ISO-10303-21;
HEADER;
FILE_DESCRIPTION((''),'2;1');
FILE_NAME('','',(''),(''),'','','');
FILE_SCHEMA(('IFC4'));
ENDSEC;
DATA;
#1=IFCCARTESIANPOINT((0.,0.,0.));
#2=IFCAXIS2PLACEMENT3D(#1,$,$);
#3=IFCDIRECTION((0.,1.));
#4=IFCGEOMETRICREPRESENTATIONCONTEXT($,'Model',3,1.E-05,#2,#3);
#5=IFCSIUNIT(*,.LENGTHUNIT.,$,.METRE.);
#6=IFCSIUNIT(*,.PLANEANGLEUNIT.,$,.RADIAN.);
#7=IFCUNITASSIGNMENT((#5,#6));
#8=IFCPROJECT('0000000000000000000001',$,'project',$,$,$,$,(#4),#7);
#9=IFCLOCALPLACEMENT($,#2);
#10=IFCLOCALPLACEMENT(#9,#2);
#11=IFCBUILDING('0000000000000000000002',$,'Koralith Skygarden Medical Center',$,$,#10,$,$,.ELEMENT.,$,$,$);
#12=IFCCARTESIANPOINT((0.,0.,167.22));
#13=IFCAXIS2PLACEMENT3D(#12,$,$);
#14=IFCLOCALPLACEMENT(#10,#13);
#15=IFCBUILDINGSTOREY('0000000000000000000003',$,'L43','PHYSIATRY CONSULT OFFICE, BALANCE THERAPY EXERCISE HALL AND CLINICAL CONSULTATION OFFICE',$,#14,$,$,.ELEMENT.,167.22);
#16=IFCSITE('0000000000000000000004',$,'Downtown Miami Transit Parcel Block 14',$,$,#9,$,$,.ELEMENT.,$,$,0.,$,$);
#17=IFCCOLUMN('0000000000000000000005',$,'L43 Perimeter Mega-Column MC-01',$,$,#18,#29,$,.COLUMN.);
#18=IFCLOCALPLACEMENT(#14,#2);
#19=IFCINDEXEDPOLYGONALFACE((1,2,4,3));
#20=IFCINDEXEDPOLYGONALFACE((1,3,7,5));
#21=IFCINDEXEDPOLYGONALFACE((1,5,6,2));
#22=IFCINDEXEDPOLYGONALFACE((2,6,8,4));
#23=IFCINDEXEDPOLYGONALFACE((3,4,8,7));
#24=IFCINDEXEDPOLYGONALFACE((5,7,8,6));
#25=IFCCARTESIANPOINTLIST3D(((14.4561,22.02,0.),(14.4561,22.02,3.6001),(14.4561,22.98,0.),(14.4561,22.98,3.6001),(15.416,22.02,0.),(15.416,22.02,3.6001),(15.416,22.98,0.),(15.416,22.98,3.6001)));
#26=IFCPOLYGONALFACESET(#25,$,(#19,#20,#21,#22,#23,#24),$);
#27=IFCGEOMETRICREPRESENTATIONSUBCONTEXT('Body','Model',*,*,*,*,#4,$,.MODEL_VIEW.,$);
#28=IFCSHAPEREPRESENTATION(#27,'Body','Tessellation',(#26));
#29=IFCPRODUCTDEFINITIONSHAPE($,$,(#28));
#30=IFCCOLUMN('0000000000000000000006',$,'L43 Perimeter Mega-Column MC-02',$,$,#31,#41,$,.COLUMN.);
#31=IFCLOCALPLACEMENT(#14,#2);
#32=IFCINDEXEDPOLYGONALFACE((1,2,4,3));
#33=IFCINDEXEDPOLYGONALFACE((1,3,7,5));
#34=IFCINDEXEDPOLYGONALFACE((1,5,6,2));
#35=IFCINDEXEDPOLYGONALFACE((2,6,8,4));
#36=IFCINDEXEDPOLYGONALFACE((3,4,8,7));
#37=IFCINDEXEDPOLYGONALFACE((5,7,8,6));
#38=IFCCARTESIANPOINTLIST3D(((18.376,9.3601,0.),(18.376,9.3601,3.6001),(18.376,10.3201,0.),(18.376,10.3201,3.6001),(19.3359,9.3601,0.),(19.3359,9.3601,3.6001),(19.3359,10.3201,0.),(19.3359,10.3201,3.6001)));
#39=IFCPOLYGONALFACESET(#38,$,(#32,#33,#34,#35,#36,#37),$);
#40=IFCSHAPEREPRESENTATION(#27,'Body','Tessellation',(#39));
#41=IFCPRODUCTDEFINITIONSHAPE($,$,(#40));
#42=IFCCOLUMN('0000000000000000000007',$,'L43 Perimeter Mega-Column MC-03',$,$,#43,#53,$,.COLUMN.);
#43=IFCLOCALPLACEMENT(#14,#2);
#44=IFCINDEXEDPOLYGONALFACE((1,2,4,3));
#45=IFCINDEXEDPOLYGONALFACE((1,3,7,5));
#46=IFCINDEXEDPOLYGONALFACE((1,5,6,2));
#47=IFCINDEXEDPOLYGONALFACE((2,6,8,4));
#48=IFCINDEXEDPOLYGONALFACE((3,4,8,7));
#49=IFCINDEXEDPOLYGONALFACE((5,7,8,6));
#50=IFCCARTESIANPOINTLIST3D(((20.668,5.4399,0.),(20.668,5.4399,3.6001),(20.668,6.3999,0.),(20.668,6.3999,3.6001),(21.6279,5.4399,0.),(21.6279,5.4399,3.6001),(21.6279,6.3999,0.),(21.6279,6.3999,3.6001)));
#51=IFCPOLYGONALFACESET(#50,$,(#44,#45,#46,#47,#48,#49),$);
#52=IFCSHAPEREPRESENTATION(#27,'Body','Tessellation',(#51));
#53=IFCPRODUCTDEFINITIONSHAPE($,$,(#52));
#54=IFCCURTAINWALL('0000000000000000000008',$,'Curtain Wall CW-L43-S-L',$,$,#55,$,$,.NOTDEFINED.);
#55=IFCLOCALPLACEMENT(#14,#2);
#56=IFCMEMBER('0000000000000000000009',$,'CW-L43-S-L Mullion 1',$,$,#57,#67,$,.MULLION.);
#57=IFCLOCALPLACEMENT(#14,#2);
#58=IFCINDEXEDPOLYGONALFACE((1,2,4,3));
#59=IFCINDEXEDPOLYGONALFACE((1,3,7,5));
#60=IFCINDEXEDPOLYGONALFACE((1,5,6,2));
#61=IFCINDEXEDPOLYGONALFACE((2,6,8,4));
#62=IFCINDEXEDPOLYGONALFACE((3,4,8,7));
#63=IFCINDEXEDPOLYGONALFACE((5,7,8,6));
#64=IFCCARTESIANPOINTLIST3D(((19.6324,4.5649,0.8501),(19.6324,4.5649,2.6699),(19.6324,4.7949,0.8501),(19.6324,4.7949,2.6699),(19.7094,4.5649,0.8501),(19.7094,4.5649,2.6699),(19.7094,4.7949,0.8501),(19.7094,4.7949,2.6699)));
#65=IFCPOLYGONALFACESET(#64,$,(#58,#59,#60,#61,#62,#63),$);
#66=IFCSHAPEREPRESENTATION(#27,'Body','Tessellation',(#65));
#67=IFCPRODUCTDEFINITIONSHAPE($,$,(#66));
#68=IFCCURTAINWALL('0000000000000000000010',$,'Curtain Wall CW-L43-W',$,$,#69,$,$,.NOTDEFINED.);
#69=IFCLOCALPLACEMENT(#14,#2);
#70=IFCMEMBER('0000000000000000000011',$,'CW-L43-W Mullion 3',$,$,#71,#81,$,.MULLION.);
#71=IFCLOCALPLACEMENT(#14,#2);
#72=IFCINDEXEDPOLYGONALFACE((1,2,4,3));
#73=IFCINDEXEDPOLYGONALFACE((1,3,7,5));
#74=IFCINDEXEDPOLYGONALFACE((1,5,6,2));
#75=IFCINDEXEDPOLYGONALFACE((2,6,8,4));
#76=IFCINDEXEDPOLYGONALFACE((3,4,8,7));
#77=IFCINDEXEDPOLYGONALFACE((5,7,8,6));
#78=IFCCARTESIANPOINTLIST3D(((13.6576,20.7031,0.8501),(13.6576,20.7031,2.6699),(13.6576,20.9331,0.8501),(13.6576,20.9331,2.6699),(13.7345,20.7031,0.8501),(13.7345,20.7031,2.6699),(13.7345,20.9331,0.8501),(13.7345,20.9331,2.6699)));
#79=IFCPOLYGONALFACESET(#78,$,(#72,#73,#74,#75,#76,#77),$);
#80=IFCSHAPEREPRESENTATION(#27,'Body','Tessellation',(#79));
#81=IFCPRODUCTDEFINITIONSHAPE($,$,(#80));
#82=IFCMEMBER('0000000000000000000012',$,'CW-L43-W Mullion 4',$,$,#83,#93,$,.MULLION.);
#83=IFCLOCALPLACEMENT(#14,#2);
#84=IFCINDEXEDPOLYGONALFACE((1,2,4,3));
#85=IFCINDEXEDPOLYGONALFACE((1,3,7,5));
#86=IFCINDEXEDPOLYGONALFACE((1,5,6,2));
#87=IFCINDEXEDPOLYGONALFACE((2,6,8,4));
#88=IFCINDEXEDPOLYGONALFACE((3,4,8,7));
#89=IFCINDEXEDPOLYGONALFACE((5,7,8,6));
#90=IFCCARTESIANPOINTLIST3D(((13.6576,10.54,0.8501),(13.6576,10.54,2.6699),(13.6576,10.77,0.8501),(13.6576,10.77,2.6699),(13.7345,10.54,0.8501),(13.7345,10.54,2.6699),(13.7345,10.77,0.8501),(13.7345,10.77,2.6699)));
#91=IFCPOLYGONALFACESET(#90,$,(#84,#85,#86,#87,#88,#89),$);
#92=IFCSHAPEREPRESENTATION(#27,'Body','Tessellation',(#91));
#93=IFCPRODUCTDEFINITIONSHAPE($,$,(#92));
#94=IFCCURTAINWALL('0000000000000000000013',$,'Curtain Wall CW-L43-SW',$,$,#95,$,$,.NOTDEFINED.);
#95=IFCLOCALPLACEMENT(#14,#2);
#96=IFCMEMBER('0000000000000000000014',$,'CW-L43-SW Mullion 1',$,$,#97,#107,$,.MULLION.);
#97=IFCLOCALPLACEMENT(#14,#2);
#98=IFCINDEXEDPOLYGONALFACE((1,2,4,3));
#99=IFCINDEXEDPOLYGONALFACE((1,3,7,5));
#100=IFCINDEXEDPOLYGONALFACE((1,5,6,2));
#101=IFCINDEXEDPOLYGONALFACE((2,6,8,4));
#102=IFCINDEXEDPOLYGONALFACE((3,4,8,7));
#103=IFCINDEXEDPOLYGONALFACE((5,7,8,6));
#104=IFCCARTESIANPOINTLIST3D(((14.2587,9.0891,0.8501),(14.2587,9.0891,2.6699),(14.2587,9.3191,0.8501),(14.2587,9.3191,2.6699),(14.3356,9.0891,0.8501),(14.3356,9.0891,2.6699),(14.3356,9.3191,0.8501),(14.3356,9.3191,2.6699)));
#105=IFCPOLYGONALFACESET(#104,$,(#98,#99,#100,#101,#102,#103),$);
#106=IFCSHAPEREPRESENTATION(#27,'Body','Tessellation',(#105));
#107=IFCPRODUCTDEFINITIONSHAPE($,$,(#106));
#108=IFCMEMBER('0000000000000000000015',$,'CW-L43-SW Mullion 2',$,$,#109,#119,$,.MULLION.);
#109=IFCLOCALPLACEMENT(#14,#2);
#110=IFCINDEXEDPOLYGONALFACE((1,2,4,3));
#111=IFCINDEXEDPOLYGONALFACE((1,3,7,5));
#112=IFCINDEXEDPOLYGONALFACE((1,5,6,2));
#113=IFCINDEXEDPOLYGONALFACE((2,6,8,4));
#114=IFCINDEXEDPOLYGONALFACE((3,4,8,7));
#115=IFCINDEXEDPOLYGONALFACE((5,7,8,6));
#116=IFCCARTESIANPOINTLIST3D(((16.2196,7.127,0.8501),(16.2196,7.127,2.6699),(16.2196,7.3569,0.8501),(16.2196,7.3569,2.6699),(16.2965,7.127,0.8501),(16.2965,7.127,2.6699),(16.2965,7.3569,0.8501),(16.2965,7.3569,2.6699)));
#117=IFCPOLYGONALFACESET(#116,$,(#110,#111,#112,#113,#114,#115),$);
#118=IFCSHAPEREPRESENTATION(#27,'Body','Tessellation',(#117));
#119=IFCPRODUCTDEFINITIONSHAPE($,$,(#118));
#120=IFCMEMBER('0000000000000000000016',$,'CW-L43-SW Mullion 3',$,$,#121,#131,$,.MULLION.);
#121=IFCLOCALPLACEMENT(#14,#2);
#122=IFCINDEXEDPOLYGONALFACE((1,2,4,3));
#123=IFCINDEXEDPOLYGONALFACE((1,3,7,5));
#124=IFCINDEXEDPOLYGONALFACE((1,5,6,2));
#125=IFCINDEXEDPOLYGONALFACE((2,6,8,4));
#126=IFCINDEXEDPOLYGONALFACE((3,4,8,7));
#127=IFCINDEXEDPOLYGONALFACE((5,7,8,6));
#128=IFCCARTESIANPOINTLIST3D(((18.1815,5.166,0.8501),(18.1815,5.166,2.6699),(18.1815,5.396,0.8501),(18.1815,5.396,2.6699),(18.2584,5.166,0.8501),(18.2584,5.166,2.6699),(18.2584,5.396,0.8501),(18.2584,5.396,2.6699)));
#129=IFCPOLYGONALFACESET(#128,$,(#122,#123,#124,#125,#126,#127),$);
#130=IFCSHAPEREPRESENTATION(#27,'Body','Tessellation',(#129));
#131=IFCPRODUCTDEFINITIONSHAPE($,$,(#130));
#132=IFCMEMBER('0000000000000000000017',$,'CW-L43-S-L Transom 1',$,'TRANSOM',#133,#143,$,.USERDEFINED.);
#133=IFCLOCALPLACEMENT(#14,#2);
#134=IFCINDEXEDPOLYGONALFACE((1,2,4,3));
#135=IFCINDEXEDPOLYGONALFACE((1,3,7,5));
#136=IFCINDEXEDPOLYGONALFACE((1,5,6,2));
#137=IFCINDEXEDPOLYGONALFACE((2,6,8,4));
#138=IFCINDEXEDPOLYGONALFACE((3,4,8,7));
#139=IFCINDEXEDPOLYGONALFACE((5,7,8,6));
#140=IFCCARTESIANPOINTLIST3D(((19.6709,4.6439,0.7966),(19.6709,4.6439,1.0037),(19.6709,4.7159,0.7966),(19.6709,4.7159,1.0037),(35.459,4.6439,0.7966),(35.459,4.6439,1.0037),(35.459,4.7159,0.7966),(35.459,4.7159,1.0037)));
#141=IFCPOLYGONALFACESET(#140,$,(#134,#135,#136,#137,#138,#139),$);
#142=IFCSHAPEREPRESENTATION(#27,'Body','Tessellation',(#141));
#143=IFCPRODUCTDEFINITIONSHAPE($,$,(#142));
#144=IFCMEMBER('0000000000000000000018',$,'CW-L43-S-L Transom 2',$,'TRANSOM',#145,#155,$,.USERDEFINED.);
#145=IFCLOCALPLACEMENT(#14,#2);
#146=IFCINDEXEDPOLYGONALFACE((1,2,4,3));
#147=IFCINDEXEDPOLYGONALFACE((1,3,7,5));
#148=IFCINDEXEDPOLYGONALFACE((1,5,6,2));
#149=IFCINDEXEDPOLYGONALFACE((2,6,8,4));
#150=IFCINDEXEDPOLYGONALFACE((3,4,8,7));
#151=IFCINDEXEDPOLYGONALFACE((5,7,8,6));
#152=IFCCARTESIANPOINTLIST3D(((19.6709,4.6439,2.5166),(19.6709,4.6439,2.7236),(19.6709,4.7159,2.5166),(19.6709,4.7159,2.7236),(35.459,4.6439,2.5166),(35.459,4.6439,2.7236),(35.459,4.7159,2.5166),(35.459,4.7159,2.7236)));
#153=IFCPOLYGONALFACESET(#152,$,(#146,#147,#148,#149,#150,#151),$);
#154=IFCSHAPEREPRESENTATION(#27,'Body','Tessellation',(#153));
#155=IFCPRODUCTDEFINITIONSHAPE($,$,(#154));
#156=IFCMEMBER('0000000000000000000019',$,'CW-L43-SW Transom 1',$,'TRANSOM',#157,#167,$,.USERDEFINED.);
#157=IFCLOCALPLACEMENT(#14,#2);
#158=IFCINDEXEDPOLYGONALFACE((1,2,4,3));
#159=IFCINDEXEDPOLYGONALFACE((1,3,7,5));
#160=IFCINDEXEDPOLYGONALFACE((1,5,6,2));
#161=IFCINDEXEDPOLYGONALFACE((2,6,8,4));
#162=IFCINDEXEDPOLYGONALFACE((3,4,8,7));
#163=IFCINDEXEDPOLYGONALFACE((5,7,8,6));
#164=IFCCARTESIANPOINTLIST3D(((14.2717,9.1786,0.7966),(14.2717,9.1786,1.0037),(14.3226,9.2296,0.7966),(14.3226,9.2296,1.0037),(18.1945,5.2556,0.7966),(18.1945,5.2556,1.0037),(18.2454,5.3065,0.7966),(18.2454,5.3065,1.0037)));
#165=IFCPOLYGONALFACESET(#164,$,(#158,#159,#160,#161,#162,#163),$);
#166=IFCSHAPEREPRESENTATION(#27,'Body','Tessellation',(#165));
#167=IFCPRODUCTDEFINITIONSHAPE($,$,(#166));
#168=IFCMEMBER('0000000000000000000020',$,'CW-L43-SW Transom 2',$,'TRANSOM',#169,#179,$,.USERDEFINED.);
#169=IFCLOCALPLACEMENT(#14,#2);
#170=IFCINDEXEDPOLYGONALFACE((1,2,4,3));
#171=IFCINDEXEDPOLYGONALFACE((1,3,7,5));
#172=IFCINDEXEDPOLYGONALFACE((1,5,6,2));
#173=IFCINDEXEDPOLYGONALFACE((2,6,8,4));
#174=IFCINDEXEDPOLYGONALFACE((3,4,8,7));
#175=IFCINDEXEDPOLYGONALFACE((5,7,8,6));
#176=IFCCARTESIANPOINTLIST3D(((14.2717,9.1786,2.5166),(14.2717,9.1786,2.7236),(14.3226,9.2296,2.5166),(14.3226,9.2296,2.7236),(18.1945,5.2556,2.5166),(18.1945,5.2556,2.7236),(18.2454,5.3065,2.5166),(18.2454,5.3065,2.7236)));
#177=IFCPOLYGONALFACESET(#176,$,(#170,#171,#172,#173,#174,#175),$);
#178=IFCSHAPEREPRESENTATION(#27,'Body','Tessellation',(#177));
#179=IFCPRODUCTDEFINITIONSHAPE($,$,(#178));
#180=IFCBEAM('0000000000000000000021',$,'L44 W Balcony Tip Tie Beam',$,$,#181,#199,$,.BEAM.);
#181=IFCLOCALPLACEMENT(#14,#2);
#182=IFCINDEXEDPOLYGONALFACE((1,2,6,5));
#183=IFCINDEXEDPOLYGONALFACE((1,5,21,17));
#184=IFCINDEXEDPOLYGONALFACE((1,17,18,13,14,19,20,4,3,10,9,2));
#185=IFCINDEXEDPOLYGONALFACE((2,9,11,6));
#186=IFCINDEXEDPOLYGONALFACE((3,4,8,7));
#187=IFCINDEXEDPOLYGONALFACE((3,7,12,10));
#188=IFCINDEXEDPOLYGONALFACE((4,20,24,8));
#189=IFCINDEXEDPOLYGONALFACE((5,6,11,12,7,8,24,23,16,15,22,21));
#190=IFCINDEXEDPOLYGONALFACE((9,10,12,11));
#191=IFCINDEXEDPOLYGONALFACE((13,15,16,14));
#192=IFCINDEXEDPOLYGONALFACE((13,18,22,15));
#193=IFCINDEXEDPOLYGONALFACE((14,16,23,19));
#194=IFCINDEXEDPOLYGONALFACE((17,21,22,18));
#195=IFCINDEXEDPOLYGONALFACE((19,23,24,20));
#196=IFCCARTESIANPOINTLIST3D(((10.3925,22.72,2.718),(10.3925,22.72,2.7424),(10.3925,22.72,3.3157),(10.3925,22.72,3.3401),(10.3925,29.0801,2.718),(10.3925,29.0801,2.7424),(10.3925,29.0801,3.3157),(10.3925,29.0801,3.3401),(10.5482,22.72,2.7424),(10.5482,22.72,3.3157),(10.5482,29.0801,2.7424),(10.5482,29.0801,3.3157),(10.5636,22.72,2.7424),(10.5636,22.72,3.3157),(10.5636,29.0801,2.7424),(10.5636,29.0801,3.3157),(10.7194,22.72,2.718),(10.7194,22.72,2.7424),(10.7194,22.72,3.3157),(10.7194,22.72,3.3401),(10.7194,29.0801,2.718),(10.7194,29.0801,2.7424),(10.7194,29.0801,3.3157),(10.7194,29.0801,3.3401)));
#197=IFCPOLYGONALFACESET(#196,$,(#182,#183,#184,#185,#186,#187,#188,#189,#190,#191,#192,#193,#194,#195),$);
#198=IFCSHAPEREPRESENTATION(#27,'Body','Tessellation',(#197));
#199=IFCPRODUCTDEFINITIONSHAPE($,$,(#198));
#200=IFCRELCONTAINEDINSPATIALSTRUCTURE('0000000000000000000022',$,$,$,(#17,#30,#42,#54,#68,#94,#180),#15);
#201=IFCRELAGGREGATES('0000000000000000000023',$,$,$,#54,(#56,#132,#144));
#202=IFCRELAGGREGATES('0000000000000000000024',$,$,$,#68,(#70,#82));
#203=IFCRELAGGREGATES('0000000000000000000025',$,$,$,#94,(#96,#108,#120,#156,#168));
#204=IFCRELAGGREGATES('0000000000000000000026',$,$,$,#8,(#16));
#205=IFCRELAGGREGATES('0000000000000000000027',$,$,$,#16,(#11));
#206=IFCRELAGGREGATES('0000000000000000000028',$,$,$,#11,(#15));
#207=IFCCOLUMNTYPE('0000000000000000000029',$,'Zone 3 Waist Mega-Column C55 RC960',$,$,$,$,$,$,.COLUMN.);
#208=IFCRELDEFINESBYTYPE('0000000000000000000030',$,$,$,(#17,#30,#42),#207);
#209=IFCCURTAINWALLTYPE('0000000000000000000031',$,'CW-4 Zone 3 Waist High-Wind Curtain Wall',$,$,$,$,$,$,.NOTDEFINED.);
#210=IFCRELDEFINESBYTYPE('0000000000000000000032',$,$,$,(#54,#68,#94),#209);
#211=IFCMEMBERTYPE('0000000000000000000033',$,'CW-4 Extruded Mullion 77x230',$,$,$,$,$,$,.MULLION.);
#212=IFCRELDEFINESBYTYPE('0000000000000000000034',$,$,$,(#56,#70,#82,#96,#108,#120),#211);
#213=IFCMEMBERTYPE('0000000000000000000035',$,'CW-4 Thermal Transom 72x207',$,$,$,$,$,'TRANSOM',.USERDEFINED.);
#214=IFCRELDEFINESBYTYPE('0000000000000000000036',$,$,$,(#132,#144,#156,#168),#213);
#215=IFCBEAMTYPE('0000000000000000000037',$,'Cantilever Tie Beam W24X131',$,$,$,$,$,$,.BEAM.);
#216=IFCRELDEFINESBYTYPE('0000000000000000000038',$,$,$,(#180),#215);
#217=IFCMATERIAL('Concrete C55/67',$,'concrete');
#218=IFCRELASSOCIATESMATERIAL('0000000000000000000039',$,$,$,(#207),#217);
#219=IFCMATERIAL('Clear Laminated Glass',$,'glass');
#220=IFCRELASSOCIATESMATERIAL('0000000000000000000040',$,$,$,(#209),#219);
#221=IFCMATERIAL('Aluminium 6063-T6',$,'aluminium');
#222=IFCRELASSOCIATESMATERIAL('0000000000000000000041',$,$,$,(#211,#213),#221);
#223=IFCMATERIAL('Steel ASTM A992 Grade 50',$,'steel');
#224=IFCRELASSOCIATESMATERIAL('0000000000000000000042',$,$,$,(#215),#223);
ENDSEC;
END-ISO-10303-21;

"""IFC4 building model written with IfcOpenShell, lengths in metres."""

from ifc_helpers import new_model, si_unit, direction, frame, origin, origin_2d, place, context, subcontext, project, spatial, rectangle, i_section, extrude, material, material_profile, profile_set, type_object, element, aggregate, save


model = new_model("IFC4")

# Units and contexts
model_context = context("Model", 3, precision=1e-05, world=origin(), true_north=direction((0.0, 1.0)))
body_context = subcontext(model_context, "Body", "Model", "MODEL_VIEW")
ifc_project = project(units=[si_unit("LENGTHUNIT", "METRE"), si_unit("PLANEANGLEUNIT", "RADIAN")], contexts=[model_context])

# Site, building, storey
site_placement = place(None, origin())
site = spatial("IfcSite", under=ifc_project, at=site_placement, Name="Downtown Miami Transit Parcel Block 14", CompositionType="ELEMENT", RefElevation=0.0)
building_placement = place(site_placement, origin())
building = spatial("IfcBuilding", under=site, at=building_placement, Name="Koralith Skygarden Medical Center", CompositionType="ELEMENT")
storey_placement = place(building_placement, frame((0.0, 0.0, 167.22)))
storey = spatial("IfcBuildingStorey", under=building, at=storey_placement, Name="L43", Description="PHYSIATRY CONSULT OFFICE, BALANCE THERAPY EXERCISE HALL AND CLINICAL CONSULTATION OFFICE", CompositionType="ELEMENT", Elevation=167.22)

# Columns
ifc_material_1 = material(Name="Concrete C55/67", Category="concrete")
ifc_material_profile_1 = material_profile(ifc_material_1, rectangle(XDim=0.96, YDim=0.96, at=origin_2d()), Name="RC960X960")
ifc_profile_set_1 = profile_set([ifc_material_profile_1], Name="Concrete C55/67")
column_type = type_object("IfcColumnType", Name="Zone 3 Waist Mega-Column C55 RC960", PredefinedType="COLUMN", material=ifc_profile_set_1)
for number, where, z_axis, x_axis, name in (
    (1, (14.936, 22.5, 0.0), (0.0, 0.0, 1.0), (1.0, 0.0, 0.0), "L43 Perimeter Mega-Column MC-01"),
    (2, (18.856, 9.8401, 0.0), (0.0, 0.0, 1.0), (1.0, 0.0, 0.0), "L43 Perimeter Mega-Column MC-02"),
    (3, (21.1479, 5.9199, 0.0), (0.0, 0.0, 1.0), (1.0, 0.0, 0.0), "L43 Perimeter Mega-Column MC-03"),
):
    element("IfcColumn", number, at=place(storey_placement, frame(where, z_axis=z_axis, x_axis=x_axis)), inside=storey, type_object=column_type, Name=name, PredefinedType="COLUMN", context=body_context, shape_type="SweptSolid", body=[
        extrude(rectangle(XDim=0.96, YDim=0.96, at=origin_2d()), origin(), (0.0, 0.0, 1.0), 3.6001),
    ])

# Curtain wall, member
ifc_material_2 = material(Name="Clear Laminated Glass", Category="glass")
curtain_wall_type = type_object("IfcCurtainWallType", Name="CW-4 Zone 3 Waist High-Wind Curtain Wall", PredefinedType="NOTDEFINED", material=ifc_material_2)
curtain_wall_1_placement = place(storey_placement, origin())
curtain_wall_1 = element("IfcCurtainWall", 4, at=curtain_wall_1_placement, inside=storey, type_object=curtain_wall_type, Name="Curtain Wall CW-L43-S-L", PredefinedType="NOTDEFINED")
ifc_material_3 = material(Name="Aluminium 6063-T6", Category="aluminium")
ifc_material_profile_2 = material_profile(ifc_material_3, rectangle(XDim=0.0769, YDim=0.23, at=origin_2d()), Name="MUL77X230")
ifc_profile_set_2 = profile_set([ifc_material_profile_2], Name="Aluminium 6063-T6")
member_type_1 = type_object("IfcMemberType", Name="CW-4 Extruded Mullion 77x230", PredefinedType="MULLION", material=ifc_profile_set_2)
member_1_placement = place(storey_placement, frame((19.6709, 4.6799, 0.8501), z_axis=(0.0, 0.0, 1.0), x_axis=(1.0, 0.0, 0.0)))
member_1 = element("IfcMember", 5, at=member_1_placement, type_object=member_type_1, Name="CW-L43-S-L Mullion 1", PredefinedType="MULLION", context=body_context, shape_type="SweptSolid", body=[
    extrude(rectangle(XDim=0.0769, YDim=0.23, at=origin_2d()), origin(), (0.0, 0.0, 1.0), 1.8198),
])

# Curtain walls, members
curtain_wall_2_placement = place(storey_placement, origin())
curtain_wall_2 = element("IfcCurtainWall", 6, at=curtain_wall_2_placement, inside=storey, type_object=curtain_wall_type, Name="Curtain Wall CW-L43-W", PredefinedType="NOTDEFINED")
member_2_placement = place(storey_placement, frame((13.696, 20.8181, 0.8501), z_axis=(0.0, 0.0, 1.0), x_axis=(1.0, 0.0, 0.0)))
member_2 = element("IfcMember", 7, at=member_2_placement, type_object=member_type_1, Name="CW-L43-W Mullion 3", PredefinedType="MULLION", context=body_context, shape_type="SweptSolid", body=[
    extrude(rectangle(XDim=0.0769, YDim=0.23, at=origin_2d()), origin(), (0.0, 0.0, 1.0), 1.8198),
])
member_3_placement = place(storey_placement, frame((13.696, 10.655, 0.8501), z_axis=(0.0, 0.0, 1.0), x_axis=(1.0, 0.0, 0.0)))
member_3 = element("IfcMember", 8, at=member_3_placement, type_object=member_type_1, Name="CW-L43-W Mullion 4", PredefinedType="MULLION", context=body_context, shape_type="SweptSolid", body=[
    extrude(rectangle(XDim=0.0769, YDim=0.23, at=origin_2d()), origin(), (0.0, 0.0, 1.0), 1.8198),
])
curtain_wall_3_placement = place(storey_placement, origin())
curtain_wall_3 = element("IfcCurtainWall", 9, at=curtain_wall_3_placement, inside=storey, type_object=curtain_wall_type, Name="Curtain Wall CW-L43-SW", PredefinedType="NOTDEFINED")
member_4_placement = place(storey_placement, frame((14.2971, 9.2041, 0.8501), z_axis=(0.0, 0.0, 1.0), x_axis=(1.0, 0.0, 0.0)))
member_4 = element("IfcMember", 10, at=member_4_placement, type_object=member_type_1, Name="CW-L43-SW Mullion 1", PredefinedType="MULLION", context=body_context, shape_type="SweptSolid", body=[
    extrude(rectangle(XDim=0.0769, YDim=0.23, at=origin_2d()), origin(), (0.0, 0.0, 1.0), 1.8198),
])
member_5_placement = place(storey_placement, frame((16.2581, 7.2419, 0.8501), z_axis=(0.0, 0.0, 1.0), x_axis=(1.0, 0.0, 0.0)))
member_5 = element("IfcMember", 11, at=member_5_placement, type_object=member_type_1, Name="CW-L43-SW Mullion 2", PredefinedType="MULLION", context=body_context, shape_type="SweptSolid", body=[
    extrude(rectangle(XDim=0.0769, YDim=0.23, at=origin_2d()), origin(), (0.0, 0.0, 1.0), 1.8198),
])
member_6_placement = place(storey_placement, frame((18.22, 5.281, 0.8501), z_axis=(0.0, 0.0, 1.0), x_axis=(1.0, 0.0, 0.0)))
member_6 = element("IfcMember", 12, at=member_6_placement, type_object=member_type_1, Name="CW-L43-SW Mullion 3", PredefinedType="MULLION", context=body_context, shape_type="SweptSolid", body=[
    extrude(rectangle(XDim=0.0769, YDim=0.23, at=origin_2d()), origin(), (0.0, 0.0, 1.0), 1.8198),
])

# Members
ifc_material_profile_3 = material_profile(ifc_material_3, rectangle(XDim=0.072, YDim=0.207, at=origin_2d()), Name="TRN72X207")
ifc_profile_set_3 = profile_set([ifc_material_profile_3], Name="Aluminium 6063-T6")
member_type_2 = type_object("IfcMemberType", Name="CW-4 Thermal Transom 72x207", ElementType="TRANSOM", PredefinedType="USERDEFINED", material=ifc_profile_set_3)
member_7_placement = place(storey_placement, frame((19.6709, 4.6799, 0.9001), z_axis=(1.0, 0.0, 0.0), x_axis=(0.0, 1.0, 0.0)))
member_7 = element("IfcMember", 13, at=member_7_placement, type_object=member_type_2, Name="CW-L43-S-L Transom 1", ObjectType="TRANSOM", PredefinedType="USERDEFINED", context=body_context, shape_type="SweptSolid", body=[
    extrude(rectangle(XDim=0.072, YDim=0.207, at=origin_2d()), origin(), (0.0, 0.0, 1.0), 15.7881),
])
member_8_placement = place(storey_placement, frame((19.6709, 4.6799, 2.6201), z_axis=(1.0, 0.0, 0.0), x_axis=(0.0, 1.0, 0.0)))
member_8 = element("IfcMember", 14, at=member_8_placement, type_object=member_type_2, Name="CW-L43-S-L Transom 2", ObjectType="TRANSOM", PredefinedType="USERDEFINED", context=body_context, shape_type="SweptSolid", body=[
    extrude(rectangle(XDim=0.072, YDim=0.207, at=origin_2d()), origin(), (0.0, 0.0, 1.0), 15.7881),
])
aggregate(curtain_wall_1, [member_1, member_7, member_8])
member_9_placement = place(storey_placement, frame((14.2971, 9.2041, 0.9001), z_axis=(0.707085, -0.707129, 0.0), x_axis=(0.707129, 0.707085, 0.0)))
member_9 = element("IfcMember", 15, at=member_9_placement, type_object=member_type_2, Name="CW-L43-SW Transom 1", ObjectType="TRANSOM", PredefinedType="USERDEFINED", context=body_context, shape_type="SweptSolid", body=[
    extrude(rectangle(XDim=0.072, YDim=0.207, at=origin_2d()), origin(), (0.0, 0.0, 1.0), 5.5479),
])
member_10_placement = place(storey_placement, frame((14.2971, 9.2041, 2.6201), z_axis=(0.707085, -0.707129, 0.0), x_axis=(0.707129, 0.707085, 0.0)))
member_10 = element("IfcMember", 16, at=member_10_placement, type_object=member_type_2, Name="CW-L43-SW Transom 2", ObjectType="TRANSOM", PredefinedType="USERDEFINED", context=body_context, shape_type="SweptSolid", body=[
    extrude(rectangle(XDim=0.072, YDim=0.207, at=origin_2d()), origin(), (0.0, 0.0, 1.0), 5.5479),
])

# Beam
ifc_material_4 = material(Name="Steel ASTM A992 Grade 50", Category="steel")
ifc_material_profile_4 = material_profile(ifc_material_4, i_section(OverallWidth=0.3269, OverallDepth=0.6221, WebThickness=0.0154, FlangeThickness=0.0244, at=origin_2d()), Name="W24X131")
ifc_profile_set_4 = profile_set([ifc_material_profile_4], Name="Steel ASTM A992 Grade 50")
beam_type_1 = type_object("IfcBeamType", Name="Cantilever Tie Beam W24X131", PredefinedType="BEAM", material=ifc_profile_set_4)
beam_1_placement = place(storey_placement, frame((10.5559, 22.72, 3.0291), z_axis=(0.0, 1.0, 0.0), x_axis=(-1.0, 0.0, 0.0)))
element("IfcBeam", 17, at=beam_1_placement, inside=storey, type_object=beam_type_1, Name="L44 W Balcony Tip Tie Beam", PredefinedType="BEAM", context=body_context, shape_type="SweptSolid", body=[
    extrude(i_section(OverallWidth=0.3269, OverallDepth=0.6221, WebThickness=0.0154, FlangeThickness=0.0244, at=origin_2d()), origin(), (0.0, 0.0, 1.0), 6.3601),
])

aggregate(curtain_wall_2, [member_2, member_3])
aggregate(curtain_wall_3, [member_4, member_5, member_6, member_9, member_10])

save(model, "model.ifc")
